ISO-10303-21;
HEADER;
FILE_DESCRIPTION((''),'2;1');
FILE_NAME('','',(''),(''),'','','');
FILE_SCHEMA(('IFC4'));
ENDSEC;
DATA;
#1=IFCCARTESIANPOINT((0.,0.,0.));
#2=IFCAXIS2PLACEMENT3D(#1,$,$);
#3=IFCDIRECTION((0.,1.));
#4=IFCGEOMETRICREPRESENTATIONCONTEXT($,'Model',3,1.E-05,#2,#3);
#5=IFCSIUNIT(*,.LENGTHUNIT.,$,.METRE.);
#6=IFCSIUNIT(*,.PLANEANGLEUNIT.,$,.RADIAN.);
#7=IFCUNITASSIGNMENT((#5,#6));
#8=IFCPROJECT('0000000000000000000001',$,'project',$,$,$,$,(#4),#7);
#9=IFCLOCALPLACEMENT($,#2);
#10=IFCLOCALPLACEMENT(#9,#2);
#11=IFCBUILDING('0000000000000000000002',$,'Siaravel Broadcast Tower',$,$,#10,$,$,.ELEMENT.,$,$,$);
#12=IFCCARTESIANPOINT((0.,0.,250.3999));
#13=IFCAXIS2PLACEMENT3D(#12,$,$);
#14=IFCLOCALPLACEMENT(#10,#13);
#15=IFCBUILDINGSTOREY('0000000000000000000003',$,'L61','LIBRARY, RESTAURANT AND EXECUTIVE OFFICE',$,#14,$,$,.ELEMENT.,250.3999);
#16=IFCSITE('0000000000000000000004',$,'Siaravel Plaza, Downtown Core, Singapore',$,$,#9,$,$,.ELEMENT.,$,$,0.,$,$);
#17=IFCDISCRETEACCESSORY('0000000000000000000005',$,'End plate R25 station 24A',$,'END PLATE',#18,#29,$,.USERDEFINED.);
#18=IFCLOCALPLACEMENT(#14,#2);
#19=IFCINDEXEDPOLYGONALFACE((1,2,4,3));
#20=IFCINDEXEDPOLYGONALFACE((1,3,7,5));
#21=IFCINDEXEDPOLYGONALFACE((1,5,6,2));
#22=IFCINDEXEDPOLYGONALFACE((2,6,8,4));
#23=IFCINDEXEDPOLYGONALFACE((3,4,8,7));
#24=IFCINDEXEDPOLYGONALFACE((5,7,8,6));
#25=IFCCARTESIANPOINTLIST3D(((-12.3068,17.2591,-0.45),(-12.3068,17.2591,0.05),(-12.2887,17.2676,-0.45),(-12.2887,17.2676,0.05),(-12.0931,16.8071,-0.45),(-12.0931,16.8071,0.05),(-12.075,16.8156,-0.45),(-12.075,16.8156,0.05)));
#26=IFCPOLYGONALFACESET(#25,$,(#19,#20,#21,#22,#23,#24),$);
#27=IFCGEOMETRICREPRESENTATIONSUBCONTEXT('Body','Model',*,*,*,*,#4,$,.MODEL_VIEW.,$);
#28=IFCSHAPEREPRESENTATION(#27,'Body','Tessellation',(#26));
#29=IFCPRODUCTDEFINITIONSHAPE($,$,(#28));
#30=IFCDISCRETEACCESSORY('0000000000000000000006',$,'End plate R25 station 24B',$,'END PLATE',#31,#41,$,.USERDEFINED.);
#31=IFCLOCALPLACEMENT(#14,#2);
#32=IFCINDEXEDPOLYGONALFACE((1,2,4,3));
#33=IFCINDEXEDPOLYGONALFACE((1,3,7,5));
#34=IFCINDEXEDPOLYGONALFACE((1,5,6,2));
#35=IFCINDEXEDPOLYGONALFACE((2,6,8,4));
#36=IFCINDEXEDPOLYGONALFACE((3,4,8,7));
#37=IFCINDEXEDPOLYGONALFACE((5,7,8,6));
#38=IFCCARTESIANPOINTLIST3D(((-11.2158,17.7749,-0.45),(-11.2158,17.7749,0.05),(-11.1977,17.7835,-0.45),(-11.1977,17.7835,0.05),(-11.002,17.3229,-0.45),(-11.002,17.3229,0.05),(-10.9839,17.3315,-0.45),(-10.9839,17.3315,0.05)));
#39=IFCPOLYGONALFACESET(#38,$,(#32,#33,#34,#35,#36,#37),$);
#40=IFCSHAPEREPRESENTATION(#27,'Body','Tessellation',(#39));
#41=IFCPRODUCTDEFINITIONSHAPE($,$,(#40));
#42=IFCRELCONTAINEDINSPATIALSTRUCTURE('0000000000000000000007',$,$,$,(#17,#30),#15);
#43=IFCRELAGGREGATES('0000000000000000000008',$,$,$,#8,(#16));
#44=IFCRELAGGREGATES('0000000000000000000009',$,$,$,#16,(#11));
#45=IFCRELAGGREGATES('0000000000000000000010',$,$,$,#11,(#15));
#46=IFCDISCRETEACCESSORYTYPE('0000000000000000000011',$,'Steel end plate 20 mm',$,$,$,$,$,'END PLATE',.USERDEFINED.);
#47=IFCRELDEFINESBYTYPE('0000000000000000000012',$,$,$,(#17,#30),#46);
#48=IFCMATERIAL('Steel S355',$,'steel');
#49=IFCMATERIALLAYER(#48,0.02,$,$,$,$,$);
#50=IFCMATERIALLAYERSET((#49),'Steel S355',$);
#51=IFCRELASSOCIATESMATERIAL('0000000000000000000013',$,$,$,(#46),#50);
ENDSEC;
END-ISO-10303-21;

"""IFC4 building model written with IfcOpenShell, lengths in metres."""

from ifc_helpers import new_model, si_unit, direction, frame, origin, origin_2d, place, context, subcontext, project, spatial, rectangle, extrude, material, layer, layer_set, type_object, element, save


model = new_model("IFC4")

# Units and contexts
model_context = context("Model", 3, precision=1e-05, world=origin(), true_north=direction((0.0, 1.0)))
body_context = subcontext(model_context, "Body", "Model", "MODEL_VIEW")
ifc_project = project(units=[si_unit("LENGTHUNIT", "METRE"), si_unit("PLANEANGLEUNIT", "RADIAN")], contexts=[model_context])

# Site, building, storey
site_placement = place(None, origin())
site = spatial("IfcSite", under=ifc_project, at=site_placement, Name="Siaravel Plaza, Downtown Core, Singapore", CompositionType="ELEMENT", RefElevation=0.0)
building_placement = place(site_placement, origin())
building = spatial("IfcBuilding", under=site, at=building_placement, Name="Siaravel Broadcast Tower", CompositionType="ELEMENT")
storey_placement = place(building_placement, frame((0.0, 0.0, 250.3999)))
storey = spatial("IfcBuildingStorey", under=building, at=storey_placement, Name="L61", Description="LIBRARY, RESTAURANT AND EXECUTIVE OFFICE", CompositionType="ELEMENT", Elevation=250.3999)

# Shared definitions
ifc_material_1 = material(Name="Steel S355", Category="steel")

# Discrete accessories
ifc_layer_1 = layer(ifc_material_1, 0.02)
ifc_layer_set_1 = layer_set([ifc_layer_1], Name="Steel S355")
discrete_accessory_type_1 = type_object("IfcDiscreteAccessoryType", Name="Steel end plate 20 mm", ElementType="END PLATE", PredefinedType="USERDEFINED", material=ifc_layer_set_1)
for number, where, z_axis, x_axis, name in (
    (1, (-12.1909, 17.0374, -0.45), (0.0, 0.0, 1.0), (-0.904006, -0.427519, 0.0), "End plate R25 station 24A"),
    (2, (-11.0999, 17.5532, -0.45), (0.0, 0.0, 1.0), (-0.904006, -0.427519, 0.0), "End plate R25 station 24B"),
):
    element("IfcDiscreteAccessory", number, at=place(storey_placement, frame(where, z_axis=z_axis, x_axis=x_axis)), inside=storey, type_object=discrete_accessory_type_1, Name=name, ObjectType="END PLATE", PredefinedType="USERDEFINED", context=body_context, shape_type="SweptSolid", body=[
        extrude(rectangle(XDim=0.02, YDim=0.5, at=origin_2d()), origin(), (0.0, 0.0, 1.0), 0.5),
    ])

save(model, "model.ifc")
